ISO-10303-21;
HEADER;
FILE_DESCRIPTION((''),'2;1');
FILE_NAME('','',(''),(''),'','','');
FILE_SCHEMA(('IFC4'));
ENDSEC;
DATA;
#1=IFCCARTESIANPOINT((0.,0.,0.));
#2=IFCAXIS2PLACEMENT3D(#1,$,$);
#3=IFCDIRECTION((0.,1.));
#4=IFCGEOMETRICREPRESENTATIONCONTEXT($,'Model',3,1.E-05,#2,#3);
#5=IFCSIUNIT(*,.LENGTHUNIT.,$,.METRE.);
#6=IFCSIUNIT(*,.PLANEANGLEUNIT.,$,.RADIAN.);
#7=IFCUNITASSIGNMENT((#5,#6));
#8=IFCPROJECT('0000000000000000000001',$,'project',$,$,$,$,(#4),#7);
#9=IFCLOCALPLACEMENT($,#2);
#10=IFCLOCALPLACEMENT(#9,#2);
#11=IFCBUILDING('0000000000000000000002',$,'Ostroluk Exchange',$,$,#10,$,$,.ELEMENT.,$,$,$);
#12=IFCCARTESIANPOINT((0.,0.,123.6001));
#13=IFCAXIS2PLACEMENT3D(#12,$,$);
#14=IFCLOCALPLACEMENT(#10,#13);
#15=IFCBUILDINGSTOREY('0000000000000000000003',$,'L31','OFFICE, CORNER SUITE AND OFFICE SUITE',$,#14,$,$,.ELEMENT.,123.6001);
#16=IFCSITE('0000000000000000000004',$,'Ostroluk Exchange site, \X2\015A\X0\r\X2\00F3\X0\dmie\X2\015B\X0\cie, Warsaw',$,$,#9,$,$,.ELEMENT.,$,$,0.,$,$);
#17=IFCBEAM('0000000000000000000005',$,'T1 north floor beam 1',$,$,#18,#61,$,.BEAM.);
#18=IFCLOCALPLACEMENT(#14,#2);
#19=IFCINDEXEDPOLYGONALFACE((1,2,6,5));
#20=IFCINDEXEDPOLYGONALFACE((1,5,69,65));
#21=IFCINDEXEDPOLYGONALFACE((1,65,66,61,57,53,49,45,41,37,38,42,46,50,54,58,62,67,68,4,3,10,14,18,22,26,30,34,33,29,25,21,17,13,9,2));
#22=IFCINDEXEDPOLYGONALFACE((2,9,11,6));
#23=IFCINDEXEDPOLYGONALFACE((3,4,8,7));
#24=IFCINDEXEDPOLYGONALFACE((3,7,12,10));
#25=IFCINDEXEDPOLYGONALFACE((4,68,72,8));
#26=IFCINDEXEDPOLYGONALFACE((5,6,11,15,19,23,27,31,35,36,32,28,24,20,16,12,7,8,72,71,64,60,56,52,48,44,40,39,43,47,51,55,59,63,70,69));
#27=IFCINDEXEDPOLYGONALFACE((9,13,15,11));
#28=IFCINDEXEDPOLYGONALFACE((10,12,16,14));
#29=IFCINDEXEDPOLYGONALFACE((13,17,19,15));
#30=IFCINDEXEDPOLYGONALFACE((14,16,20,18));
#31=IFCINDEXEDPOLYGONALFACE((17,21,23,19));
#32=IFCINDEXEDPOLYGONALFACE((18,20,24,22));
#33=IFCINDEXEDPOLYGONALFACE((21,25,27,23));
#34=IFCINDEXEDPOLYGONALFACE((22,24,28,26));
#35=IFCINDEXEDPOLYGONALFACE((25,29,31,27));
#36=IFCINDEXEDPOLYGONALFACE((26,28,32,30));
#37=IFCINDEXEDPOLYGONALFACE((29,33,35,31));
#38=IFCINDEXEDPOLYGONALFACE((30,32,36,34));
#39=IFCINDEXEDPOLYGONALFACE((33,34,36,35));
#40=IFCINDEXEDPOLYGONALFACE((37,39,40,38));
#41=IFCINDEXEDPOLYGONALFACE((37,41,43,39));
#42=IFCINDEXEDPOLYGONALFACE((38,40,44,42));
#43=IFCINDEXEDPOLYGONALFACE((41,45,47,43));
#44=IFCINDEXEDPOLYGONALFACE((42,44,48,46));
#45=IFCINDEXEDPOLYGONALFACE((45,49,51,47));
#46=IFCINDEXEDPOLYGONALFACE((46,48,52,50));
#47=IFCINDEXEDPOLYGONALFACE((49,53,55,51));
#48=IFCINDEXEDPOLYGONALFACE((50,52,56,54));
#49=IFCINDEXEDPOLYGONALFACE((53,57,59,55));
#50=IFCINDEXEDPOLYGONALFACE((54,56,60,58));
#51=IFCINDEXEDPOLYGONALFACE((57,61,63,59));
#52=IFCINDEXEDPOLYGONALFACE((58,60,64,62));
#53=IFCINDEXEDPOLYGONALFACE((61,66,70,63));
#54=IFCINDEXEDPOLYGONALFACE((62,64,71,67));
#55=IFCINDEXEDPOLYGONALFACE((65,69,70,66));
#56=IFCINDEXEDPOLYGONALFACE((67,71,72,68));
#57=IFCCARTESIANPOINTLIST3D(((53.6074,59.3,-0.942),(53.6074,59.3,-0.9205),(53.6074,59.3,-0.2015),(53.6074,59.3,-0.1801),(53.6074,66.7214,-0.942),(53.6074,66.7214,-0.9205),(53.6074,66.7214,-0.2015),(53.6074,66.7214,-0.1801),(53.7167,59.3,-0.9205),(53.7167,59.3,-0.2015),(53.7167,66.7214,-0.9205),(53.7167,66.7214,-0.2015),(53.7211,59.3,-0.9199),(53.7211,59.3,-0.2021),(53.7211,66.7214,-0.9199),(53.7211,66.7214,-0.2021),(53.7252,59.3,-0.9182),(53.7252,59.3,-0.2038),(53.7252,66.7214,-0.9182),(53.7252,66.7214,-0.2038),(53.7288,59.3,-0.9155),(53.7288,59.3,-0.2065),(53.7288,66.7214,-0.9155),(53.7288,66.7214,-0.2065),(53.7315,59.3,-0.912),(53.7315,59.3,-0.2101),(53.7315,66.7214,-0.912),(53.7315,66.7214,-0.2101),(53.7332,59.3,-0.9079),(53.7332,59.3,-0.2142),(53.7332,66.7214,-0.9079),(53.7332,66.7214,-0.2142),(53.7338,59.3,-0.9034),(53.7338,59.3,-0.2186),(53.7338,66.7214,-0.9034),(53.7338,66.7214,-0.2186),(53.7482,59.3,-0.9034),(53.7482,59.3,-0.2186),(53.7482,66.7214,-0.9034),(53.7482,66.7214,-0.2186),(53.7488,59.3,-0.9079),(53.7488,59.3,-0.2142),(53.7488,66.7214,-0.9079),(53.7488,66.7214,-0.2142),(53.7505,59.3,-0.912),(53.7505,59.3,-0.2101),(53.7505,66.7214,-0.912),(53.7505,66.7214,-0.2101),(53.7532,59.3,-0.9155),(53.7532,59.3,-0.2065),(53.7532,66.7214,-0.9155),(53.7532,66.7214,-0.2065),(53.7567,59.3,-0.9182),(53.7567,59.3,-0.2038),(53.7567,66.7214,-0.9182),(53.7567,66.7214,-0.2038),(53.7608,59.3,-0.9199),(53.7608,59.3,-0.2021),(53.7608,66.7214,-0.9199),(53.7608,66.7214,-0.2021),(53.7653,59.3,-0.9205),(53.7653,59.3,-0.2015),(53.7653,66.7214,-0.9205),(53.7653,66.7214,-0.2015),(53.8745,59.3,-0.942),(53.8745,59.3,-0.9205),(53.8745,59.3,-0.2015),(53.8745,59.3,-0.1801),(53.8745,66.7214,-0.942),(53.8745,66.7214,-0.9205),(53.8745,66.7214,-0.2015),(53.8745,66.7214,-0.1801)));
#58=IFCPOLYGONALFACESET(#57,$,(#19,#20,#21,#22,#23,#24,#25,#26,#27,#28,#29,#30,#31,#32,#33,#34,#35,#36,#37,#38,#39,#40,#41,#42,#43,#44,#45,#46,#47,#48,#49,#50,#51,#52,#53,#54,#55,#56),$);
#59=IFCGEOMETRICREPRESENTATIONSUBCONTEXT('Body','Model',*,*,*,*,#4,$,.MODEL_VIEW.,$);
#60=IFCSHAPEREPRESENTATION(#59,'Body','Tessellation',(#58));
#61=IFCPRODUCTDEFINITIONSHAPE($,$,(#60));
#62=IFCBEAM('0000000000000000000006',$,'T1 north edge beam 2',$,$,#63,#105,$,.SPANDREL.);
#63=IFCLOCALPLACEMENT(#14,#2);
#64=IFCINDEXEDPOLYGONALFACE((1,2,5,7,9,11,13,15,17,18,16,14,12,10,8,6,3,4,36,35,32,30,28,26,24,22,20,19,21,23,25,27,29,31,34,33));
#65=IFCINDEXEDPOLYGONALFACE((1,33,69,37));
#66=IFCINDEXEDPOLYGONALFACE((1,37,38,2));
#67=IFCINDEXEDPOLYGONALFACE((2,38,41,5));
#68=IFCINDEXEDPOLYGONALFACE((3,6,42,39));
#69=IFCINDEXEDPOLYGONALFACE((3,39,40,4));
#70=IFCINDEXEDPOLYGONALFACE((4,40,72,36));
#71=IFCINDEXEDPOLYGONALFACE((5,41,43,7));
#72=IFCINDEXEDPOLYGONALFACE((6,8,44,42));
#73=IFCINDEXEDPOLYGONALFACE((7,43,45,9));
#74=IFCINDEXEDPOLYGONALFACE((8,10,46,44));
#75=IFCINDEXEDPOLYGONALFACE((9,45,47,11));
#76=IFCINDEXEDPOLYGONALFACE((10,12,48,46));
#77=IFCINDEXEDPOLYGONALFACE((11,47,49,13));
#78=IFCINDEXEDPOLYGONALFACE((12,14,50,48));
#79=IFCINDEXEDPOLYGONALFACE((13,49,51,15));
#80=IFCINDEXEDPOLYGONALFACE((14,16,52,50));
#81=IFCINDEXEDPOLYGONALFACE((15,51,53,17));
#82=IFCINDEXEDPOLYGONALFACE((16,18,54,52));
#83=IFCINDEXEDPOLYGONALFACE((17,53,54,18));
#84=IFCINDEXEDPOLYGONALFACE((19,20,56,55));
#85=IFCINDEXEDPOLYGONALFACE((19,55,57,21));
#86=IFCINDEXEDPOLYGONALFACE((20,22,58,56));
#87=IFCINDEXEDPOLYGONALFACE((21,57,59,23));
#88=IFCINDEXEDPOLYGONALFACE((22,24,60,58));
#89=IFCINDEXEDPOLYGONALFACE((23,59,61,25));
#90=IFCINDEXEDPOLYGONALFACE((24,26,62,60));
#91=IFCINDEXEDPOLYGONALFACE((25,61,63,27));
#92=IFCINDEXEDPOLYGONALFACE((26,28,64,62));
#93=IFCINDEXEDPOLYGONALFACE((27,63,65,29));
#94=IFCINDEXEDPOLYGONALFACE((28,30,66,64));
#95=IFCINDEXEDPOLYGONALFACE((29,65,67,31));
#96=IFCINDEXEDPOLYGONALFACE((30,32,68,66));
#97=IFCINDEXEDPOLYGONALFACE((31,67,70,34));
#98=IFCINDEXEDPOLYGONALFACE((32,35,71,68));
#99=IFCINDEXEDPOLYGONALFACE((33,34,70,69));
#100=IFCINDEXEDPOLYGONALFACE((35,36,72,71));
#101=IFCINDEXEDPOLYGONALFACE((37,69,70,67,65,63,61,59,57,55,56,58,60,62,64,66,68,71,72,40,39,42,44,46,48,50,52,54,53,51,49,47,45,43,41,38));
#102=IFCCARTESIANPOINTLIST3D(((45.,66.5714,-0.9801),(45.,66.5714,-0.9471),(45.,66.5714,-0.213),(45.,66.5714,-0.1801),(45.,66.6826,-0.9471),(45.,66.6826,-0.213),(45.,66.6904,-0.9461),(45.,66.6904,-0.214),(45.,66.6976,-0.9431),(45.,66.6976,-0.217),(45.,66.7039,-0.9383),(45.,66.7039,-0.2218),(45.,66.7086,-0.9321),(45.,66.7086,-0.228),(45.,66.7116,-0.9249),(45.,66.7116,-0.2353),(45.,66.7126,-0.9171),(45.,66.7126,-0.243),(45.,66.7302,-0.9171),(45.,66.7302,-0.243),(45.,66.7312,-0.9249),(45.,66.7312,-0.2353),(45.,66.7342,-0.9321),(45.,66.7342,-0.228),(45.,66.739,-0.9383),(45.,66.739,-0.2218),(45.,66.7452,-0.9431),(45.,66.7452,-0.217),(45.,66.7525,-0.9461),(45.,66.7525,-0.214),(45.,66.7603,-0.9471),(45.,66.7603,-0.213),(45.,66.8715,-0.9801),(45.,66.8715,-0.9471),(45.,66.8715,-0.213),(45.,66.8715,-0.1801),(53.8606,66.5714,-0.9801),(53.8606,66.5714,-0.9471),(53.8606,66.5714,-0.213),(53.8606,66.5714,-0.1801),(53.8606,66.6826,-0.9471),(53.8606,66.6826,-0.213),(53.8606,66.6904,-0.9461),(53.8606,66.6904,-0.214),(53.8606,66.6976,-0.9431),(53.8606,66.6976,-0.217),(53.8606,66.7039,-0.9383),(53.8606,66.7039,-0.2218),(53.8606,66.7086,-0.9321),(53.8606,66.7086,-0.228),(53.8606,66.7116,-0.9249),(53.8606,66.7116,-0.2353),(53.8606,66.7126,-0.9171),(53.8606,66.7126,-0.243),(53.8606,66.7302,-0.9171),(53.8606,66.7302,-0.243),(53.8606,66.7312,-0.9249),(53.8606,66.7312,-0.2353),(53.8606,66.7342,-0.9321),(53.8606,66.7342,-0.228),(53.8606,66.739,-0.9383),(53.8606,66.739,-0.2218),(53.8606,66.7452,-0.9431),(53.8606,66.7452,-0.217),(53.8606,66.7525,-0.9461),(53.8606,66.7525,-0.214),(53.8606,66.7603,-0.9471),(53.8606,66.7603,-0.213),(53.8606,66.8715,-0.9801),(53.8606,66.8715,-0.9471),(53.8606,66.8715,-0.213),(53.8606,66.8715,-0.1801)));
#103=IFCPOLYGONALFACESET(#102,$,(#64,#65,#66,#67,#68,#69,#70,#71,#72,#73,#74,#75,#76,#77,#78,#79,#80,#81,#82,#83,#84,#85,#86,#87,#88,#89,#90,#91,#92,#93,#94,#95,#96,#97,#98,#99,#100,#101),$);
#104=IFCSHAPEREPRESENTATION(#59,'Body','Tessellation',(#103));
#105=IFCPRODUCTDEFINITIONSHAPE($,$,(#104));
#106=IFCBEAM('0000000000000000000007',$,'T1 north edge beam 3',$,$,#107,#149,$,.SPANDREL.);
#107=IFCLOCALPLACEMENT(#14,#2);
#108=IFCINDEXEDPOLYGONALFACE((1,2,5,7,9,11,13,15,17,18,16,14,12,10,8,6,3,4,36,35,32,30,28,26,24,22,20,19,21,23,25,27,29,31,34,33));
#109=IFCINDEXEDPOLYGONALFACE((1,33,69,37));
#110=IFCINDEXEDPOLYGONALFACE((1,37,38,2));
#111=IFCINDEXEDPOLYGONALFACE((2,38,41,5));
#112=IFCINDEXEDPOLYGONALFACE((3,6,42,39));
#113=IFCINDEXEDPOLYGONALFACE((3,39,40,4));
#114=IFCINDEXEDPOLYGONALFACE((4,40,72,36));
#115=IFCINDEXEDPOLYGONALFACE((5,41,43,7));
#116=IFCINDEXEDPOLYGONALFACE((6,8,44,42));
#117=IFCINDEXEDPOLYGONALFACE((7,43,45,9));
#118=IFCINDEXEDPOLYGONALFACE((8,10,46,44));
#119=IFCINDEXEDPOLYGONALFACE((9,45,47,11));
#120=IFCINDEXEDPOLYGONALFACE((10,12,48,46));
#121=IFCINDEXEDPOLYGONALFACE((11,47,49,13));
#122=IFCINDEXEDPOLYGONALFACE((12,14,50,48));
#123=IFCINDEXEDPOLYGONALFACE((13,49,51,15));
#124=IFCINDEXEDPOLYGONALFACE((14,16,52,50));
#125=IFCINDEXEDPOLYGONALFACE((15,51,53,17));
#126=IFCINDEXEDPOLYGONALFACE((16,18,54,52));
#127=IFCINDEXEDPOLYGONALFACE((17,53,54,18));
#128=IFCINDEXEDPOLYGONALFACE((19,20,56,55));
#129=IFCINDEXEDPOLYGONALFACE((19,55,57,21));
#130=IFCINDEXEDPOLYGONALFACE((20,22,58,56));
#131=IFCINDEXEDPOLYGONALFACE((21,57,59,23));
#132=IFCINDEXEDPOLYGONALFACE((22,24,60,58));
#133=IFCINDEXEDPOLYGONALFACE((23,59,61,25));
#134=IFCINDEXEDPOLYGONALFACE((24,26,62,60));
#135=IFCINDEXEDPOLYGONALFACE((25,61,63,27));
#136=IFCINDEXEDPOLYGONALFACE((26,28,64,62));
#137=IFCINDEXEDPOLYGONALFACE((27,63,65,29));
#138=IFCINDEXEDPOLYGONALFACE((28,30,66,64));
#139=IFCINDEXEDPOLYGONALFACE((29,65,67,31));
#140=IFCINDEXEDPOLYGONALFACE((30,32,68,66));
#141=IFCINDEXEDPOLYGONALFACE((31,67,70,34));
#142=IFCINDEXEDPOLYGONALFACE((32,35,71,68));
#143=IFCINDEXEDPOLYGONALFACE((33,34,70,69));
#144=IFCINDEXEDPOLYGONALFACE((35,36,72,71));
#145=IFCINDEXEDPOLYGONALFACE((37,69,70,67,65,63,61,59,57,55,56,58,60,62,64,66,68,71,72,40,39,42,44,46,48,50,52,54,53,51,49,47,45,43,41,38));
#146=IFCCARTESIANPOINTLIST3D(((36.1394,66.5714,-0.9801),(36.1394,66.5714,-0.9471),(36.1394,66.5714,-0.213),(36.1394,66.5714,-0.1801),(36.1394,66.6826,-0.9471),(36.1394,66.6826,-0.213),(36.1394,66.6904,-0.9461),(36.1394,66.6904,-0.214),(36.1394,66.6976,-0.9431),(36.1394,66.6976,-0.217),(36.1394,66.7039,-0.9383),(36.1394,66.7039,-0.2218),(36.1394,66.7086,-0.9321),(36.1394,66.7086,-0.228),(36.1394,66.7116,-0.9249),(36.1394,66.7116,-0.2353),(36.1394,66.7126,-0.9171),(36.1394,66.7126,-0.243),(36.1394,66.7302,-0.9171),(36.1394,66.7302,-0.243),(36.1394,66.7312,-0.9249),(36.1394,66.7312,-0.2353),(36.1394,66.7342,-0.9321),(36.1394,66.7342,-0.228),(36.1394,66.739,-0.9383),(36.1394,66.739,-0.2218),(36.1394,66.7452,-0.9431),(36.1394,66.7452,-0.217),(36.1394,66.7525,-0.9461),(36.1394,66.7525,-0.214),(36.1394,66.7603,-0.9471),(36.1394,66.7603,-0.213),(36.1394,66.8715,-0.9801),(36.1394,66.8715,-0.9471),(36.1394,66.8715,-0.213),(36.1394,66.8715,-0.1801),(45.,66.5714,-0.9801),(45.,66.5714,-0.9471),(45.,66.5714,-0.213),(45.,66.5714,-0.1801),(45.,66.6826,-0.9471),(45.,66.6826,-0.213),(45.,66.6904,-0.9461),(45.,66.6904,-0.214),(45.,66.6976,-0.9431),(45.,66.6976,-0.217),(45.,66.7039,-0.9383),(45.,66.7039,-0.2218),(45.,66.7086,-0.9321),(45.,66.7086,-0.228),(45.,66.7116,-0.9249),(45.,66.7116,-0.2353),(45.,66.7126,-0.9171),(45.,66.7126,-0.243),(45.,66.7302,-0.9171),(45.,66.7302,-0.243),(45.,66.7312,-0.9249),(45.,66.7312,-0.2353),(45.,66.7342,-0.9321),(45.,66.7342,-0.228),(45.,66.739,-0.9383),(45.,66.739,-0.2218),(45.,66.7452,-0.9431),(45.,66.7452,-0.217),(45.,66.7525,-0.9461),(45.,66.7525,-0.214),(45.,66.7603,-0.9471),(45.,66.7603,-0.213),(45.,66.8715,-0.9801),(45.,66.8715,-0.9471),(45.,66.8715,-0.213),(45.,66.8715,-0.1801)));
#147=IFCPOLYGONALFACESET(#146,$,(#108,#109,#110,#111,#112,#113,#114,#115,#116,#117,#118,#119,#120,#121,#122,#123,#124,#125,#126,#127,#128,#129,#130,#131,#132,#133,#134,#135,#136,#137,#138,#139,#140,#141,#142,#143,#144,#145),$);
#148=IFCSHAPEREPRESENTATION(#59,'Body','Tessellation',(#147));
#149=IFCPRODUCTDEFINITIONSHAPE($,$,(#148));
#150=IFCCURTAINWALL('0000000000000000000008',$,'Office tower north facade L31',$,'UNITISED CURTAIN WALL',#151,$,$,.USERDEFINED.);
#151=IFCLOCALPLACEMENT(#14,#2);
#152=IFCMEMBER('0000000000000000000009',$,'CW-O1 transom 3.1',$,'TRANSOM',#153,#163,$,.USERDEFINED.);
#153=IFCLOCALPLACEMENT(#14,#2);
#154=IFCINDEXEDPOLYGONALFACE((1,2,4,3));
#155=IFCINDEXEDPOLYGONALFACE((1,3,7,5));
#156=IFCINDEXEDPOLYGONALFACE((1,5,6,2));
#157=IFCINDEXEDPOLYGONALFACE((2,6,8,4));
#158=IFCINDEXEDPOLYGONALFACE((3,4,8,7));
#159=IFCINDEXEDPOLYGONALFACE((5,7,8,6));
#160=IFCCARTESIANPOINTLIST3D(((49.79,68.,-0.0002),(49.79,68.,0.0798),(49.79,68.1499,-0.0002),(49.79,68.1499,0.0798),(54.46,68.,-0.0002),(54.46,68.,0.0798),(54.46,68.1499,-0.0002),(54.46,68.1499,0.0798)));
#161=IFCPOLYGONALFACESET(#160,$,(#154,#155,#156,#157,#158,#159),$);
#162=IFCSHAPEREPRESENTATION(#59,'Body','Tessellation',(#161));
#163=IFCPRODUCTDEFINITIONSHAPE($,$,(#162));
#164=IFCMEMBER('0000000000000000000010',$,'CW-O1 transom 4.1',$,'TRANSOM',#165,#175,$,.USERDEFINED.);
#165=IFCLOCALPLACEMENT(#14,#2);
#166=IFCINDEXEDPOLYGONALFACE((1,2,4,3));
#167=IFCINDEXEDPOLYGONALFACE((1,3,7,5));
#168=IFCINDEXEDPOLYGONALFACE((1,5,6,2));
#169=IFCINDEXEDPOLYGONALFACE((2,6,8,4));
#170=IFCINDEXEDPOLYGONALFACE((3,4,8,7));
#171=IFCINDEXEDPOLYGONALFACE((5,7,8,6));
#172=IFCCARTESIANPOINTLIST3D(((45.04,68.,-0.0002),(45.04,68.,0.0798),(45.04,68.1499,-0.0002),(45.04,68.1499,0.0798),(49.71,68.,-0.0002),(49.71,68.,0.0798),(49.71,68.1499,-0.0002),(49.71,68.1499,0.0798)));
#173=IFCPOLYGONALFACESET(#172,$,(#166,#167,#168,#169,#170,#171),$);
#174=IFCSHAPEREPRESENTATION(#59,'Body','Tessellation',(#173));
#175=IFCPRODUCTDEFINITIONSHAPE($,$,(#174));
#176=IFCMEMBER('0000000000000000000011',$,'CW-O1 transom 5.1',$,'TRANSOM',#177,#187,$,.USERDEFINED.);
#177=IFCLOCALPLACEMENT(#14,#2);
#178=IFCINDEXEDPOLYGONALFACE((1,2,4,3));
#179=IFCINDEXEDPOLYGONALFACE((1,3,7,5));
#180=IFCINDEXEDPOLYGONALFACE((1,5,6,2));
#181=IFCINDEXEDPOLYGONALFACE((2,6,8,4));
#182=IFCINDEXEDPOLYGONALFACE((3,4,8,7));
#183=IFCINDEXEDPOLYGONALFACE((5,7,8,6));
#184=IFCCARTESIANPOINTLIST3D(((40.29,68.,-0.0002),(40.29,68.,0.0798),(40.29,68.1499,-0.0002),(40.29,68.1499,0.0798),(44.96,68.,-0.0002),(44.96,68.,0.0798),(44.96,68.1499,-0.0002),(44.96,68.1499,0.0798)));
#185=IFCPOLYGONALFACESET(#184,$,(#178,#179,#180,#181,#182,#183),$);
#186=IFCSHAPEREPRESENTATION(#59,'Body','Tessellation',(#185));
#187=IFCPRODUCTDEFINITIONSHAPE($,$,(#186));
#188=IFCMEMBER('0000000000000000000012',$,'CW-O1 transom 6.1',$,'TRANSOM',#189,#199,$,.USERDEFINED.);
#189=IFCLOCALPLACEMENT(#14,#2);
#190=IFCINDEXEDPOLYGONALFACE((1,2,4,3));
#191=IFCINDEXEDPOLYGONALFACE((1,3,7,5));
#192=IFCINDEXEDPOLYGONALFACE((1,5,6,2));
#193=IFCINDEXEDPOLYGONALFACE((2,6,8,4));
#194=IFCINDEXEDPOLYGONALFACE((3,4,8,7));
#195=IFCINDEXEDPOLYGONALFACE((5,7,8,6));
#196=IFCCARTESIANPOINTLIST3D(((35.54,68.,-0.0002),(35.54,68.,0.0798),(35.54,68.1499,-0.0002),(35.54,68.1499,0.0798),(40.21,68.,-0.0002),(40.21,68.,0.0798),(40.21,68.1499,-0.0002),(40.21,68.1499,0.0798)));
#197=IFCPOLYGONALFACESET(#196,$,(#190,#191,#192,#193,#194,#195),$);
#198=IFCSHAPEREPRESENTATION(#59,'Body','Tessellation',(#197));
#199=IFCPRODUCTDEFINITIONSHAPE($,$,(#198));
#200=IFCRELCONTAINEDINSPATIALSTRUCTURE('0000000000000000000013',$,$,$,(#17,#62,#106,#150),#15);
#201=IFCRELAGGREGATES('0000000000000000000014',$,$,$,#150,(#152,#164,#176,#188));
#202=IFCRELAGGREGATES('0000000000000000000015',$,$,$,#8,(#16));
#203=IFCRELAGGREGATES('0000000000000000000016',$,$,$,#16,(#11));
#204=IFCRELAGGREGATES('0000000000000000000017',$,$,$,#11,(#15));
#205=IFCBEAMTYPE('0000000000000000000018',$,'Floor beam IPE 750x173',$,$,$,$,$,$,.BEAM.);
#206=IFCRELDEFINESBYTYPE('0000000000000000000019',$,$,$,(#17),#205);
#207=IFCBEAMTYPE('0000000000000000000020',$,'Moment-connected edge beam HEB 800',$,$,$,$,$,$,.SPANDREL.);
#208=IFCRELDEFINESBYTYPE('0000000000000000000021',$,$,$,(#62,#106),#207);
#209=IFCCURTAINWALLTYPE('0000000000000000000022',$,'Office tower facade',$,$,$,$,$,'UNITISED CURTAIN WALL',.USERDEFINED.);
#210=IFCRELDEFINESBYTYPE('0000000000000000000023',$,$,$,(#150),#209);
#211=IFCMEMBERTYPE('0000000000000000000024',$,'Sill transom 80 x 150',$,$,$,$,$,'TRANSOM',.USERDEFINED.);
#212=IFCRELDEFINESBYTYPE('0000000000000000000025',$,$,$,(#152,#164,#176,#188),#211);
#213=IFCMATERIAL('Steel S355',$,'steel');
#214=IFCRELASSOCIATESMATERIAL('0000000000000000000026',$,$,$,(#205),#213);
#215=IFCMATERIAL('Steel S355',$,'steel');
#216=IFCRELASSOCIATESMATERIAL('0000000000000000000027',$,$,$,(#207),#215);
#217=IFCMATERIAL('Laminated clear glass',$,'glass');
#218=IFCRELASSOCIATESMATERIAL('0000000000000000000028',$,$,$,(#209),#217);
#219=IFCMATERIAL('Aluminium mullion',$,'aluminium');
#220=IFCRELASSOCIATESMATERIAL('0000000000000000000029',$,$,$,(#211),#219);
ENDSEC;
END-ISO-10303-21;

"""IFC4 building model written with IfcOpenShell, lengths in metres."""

from ifc_helpers import new_model, si_unit, direction, frame, origin, origin_2d, place, context, subcontext, project, spatial, rectangle, i_section, extrude, material, material_profile, profile_set, type_object, element, aggregate, save


model = new_model("IFC4")

# Units and contexts
model_context = context("Model", 3, precision=1e-05, world=origin(), true_north=direction((0.0, 1.0)))
body_context = subcontext(model_context, "Body", "Model", "MODEL_VIEW")
ifc_project = project(units=[si_unit("LENGTHUNIT", "METRE"), si_unit("PLANEANGLEUNIT", "RADIAN")], contexts=[model_context])

# Site, building, storey
site_placement = place(None, origin())
site = spatial("IfcSite", under=ifc_project, at=site_placement, Name="Ostroluk Exchange site, Śródmieście, Warsaw", CompositionType="ELEMENT", RefElevation=0.0)
building_placement = place(site_placement, origin())
building = spatial("IfcBuilding", under=site, at=building_placement, Name="Ostroluk Exchange", CompositionType="ELEMENT")
storey_placement = place(building_placement, frame((0.0, 0.0, 123.6001)))
storey = spatial("IfcBuildingStorey", under=building, at=storey_placement, Name="L31", Description="OFFICE, CORNER SUITE AND OFFICE SUITE", CompositionType="ELEMENT", Elevation=123.6001)

# Beams
ifc_material_1 = material(Name="Steel S355", Category="steel")
ifc_material_profile_1 = material_profile(ifc_material_1, i_section(OverallWidth=0.2671, OverallDepth=0.762, WebThickness=0.0144, FlangeThickness=0.0215, FilletRadius=0.0171, at=origin_2d()), Name="IPE 750x173")
ifc_profile_set_1 = profile_set([ifc_material_profile_1], Name="Steel S355")
beam_type_1 = type_object("IfcBeamType", Name="Floor beam IPE 750x173", PredefinedType="BEAM", material=ifc_profile_set_1)
beam_placement = place(storey_placement, frame((53.741, 59.3, -0.561), z_axis=(0.0, 1.0, 0.0), x_axis=(-1.0, 0.0, 0.0)))
element("IfcBeam", 1, at=beam_placement, inside=storey, type_object=beam_type_1, Name="T1 north floor beam 1", PredefinedType="BEAM", context=body_context, shape_type="SweptSolid", body=[
    extrude(i_section(OverallWidth=0.2671, OverallDepth=0.762, WebThickness=0.0144, FlangeThickness=0.0215, FilletRadius=0.0171, at=origin_2d()), origin(), (0.0, 0.0, 1.0), 7.4214),
])
ifc_material_2 = material(Name="Steel S355", Category="steel")
ifc_material_profile_2 = material_profile(ifc_material_2, i_section(OverallWidth=0.3, OverallDepth=0.8, WebThickness=0.0176, FlangeThickness=0.033, FilletRadius=0.03, at=origin_2d()), Name="HEB 800")
ifc_profile_set_2 = profile_set([ifc_material_profile_2], Name="Steel S355")
beam_type_2 = type_object("IfcBeamType", Name="Moment-connected edge beam HEB 800", PredefinedType="SPANDREL", material=ifc_profile_set_2)
for number, where, z_axis, x_axis, name in (
    (2, (53.8606, 66.7214, -0.5801), (-1.0, 0.0, 0.0), (0.0, -1.0, 0.0), "T1 north edge beam 2"),
    (3, (45.0, 66.7214, -0.5801), (-1.0, 0.0, 0.0), (0.0, -1.0, 0.0), "T1 north edge beam 3"),
):
    element("IfcBeam", number, at=place(storey_placement, frame(where, z_axis=z_axis, x_axis=x_axis)), inside=storey, type_object=beam_type_2, Name=name, PredefinedType="SPANDREL", context=body_context, shape_type="SweptSolid", body=[
        extrude(i_section(OverallWidth=0.3, OverallDepth=0.8, WebThickness=0.0176, FlangeThickness=0.033, FilletRadius=0.03, at=origin_2d()), origin(), (0.0, 0.0, 1.0), 8.8606),
    ])

# Curtain wall, members
ifc_material_3 = material(Name="Laminated clear glass", Category="glass")
curtain_wall_type = type_object("IfcCurtainWallType", Name="Office tower facade", ElementType="UNITISED CURTAIN WALL", PredefinedType="USERDEFINED", material=ifc_material_3)
curtain_wall_placement = place(storey_placement, origin())
curtain_wall = element("IfcCurtainWall", 4, at=curtain_wall_placement, inside=storey, type_object=curtain_wall_type, Name="Office tower north facade L31", ObjectType="UNITISED CURTAIN WALL", PredefinedType="USERDEFINED")
ifc_material_4 = material(Name="Aluminium mullion", Category="aluminium")
ifc_material_profile_3 = material_profile(ifc_material_4, rectangle(XDim=0.1499, YDim=0.0801, at=origin_2d()), Name="Sill transom 80 x 150")
ifc_profile_set_3 = profile_set([ifc_material_profile_3], Name="Aluminium mullion")
member_type_1 = type_object("IfcMemberType", Name="Sill transom 80 x 150", ElementType="TRANSOM", PredefinedType="USERDEFINED", material=ifc_profile_set_3)
member_1_placement = place(storey_placement, frame((54.46, 68.075, 0.0398), z_axis=(-1.0, 0.0, 0.0), x_axis=(0.0, -1.0, 0.0)))
member_1 = element("IfcMember", 5, at=member_1_placement, type_object=member_type_1, Name="CW-O1 transom 3.1", ObjectType="TRANSOM", PredefinedType="USERDEFINED", context=body_context, shape_type="SweptSolid", body=[
    extrude(rectangle(XDim=0.1499, YDim=0.0801, at=origin_2d()), origin(), (0.0, 0.0, 1.0), 4.6699),
])
member_2_placement = place(storey_placement, frame((49.71, 68.075, 0.0398), z_axis=(-1.0, 0.0, 0.0), x_axis=(0.0, -1.0, 0.0)))
member_2 = element("IfcMember", 6, at=member_2_placement, type_object=member_type_1, Name="CW-O1 transom 4.1", ObjectType="TRANSOM", PredefinedType="USERDEFINED", context=body_context, shape_type="SweptSolid", body=[
    extrude(rectangle(XDim=0.1499, YDim=0.0801, at=origin_2d()), origin(), (0.0, 0.0, 1.0), 4.6699),
])
member_3_placement = place(storey_placement, frame((44.96, 68.075, 0.0398), z_axis=(-1.0, 0.0, 0.0), x_axis=(0.0, -1.0, 0.0)))
member_3 = element("IfcMember", 7, at=member_3_placement, type_object=member_type_1, Name="CW-O1 transom 5.1", ObjectType="TRANSOM", PredefinedType="USERDEFINED", context=body_context, shape_type="SweptSolid", body=[
    extrude(rectangle(XDim=0.1499, YDim=0.0801, at=origin_2d()), origin(), (0.0, 0.0, 1.0), 4.6699),
])
member_4_placement = place(storey_placement, frame((40.21, 68.075, 0.0398), z_axis=(-1.0, 0.0, 0.0), x_axis=(0.0, -1.0, 0.0)))
member_4 = element("IfcMember", 8, at=member_4_placement, type_object=member_type_1, Name="CW-O1 transom 6.1", ObjectType="TRANSOM", PredefinedType="USERDEFINED", context=body_context, shape_type="SweptSolid", body=[
    extrude(rectangle(XDim=0.1499, YDim=0.0801, at=origin_2d()), origin(), (0.0, 0.0, 1.0), 4.6699),
])
aggregate(curtain_wall, [member_1, member_2, member_3, member_4])

save(model, "model.ifc")
